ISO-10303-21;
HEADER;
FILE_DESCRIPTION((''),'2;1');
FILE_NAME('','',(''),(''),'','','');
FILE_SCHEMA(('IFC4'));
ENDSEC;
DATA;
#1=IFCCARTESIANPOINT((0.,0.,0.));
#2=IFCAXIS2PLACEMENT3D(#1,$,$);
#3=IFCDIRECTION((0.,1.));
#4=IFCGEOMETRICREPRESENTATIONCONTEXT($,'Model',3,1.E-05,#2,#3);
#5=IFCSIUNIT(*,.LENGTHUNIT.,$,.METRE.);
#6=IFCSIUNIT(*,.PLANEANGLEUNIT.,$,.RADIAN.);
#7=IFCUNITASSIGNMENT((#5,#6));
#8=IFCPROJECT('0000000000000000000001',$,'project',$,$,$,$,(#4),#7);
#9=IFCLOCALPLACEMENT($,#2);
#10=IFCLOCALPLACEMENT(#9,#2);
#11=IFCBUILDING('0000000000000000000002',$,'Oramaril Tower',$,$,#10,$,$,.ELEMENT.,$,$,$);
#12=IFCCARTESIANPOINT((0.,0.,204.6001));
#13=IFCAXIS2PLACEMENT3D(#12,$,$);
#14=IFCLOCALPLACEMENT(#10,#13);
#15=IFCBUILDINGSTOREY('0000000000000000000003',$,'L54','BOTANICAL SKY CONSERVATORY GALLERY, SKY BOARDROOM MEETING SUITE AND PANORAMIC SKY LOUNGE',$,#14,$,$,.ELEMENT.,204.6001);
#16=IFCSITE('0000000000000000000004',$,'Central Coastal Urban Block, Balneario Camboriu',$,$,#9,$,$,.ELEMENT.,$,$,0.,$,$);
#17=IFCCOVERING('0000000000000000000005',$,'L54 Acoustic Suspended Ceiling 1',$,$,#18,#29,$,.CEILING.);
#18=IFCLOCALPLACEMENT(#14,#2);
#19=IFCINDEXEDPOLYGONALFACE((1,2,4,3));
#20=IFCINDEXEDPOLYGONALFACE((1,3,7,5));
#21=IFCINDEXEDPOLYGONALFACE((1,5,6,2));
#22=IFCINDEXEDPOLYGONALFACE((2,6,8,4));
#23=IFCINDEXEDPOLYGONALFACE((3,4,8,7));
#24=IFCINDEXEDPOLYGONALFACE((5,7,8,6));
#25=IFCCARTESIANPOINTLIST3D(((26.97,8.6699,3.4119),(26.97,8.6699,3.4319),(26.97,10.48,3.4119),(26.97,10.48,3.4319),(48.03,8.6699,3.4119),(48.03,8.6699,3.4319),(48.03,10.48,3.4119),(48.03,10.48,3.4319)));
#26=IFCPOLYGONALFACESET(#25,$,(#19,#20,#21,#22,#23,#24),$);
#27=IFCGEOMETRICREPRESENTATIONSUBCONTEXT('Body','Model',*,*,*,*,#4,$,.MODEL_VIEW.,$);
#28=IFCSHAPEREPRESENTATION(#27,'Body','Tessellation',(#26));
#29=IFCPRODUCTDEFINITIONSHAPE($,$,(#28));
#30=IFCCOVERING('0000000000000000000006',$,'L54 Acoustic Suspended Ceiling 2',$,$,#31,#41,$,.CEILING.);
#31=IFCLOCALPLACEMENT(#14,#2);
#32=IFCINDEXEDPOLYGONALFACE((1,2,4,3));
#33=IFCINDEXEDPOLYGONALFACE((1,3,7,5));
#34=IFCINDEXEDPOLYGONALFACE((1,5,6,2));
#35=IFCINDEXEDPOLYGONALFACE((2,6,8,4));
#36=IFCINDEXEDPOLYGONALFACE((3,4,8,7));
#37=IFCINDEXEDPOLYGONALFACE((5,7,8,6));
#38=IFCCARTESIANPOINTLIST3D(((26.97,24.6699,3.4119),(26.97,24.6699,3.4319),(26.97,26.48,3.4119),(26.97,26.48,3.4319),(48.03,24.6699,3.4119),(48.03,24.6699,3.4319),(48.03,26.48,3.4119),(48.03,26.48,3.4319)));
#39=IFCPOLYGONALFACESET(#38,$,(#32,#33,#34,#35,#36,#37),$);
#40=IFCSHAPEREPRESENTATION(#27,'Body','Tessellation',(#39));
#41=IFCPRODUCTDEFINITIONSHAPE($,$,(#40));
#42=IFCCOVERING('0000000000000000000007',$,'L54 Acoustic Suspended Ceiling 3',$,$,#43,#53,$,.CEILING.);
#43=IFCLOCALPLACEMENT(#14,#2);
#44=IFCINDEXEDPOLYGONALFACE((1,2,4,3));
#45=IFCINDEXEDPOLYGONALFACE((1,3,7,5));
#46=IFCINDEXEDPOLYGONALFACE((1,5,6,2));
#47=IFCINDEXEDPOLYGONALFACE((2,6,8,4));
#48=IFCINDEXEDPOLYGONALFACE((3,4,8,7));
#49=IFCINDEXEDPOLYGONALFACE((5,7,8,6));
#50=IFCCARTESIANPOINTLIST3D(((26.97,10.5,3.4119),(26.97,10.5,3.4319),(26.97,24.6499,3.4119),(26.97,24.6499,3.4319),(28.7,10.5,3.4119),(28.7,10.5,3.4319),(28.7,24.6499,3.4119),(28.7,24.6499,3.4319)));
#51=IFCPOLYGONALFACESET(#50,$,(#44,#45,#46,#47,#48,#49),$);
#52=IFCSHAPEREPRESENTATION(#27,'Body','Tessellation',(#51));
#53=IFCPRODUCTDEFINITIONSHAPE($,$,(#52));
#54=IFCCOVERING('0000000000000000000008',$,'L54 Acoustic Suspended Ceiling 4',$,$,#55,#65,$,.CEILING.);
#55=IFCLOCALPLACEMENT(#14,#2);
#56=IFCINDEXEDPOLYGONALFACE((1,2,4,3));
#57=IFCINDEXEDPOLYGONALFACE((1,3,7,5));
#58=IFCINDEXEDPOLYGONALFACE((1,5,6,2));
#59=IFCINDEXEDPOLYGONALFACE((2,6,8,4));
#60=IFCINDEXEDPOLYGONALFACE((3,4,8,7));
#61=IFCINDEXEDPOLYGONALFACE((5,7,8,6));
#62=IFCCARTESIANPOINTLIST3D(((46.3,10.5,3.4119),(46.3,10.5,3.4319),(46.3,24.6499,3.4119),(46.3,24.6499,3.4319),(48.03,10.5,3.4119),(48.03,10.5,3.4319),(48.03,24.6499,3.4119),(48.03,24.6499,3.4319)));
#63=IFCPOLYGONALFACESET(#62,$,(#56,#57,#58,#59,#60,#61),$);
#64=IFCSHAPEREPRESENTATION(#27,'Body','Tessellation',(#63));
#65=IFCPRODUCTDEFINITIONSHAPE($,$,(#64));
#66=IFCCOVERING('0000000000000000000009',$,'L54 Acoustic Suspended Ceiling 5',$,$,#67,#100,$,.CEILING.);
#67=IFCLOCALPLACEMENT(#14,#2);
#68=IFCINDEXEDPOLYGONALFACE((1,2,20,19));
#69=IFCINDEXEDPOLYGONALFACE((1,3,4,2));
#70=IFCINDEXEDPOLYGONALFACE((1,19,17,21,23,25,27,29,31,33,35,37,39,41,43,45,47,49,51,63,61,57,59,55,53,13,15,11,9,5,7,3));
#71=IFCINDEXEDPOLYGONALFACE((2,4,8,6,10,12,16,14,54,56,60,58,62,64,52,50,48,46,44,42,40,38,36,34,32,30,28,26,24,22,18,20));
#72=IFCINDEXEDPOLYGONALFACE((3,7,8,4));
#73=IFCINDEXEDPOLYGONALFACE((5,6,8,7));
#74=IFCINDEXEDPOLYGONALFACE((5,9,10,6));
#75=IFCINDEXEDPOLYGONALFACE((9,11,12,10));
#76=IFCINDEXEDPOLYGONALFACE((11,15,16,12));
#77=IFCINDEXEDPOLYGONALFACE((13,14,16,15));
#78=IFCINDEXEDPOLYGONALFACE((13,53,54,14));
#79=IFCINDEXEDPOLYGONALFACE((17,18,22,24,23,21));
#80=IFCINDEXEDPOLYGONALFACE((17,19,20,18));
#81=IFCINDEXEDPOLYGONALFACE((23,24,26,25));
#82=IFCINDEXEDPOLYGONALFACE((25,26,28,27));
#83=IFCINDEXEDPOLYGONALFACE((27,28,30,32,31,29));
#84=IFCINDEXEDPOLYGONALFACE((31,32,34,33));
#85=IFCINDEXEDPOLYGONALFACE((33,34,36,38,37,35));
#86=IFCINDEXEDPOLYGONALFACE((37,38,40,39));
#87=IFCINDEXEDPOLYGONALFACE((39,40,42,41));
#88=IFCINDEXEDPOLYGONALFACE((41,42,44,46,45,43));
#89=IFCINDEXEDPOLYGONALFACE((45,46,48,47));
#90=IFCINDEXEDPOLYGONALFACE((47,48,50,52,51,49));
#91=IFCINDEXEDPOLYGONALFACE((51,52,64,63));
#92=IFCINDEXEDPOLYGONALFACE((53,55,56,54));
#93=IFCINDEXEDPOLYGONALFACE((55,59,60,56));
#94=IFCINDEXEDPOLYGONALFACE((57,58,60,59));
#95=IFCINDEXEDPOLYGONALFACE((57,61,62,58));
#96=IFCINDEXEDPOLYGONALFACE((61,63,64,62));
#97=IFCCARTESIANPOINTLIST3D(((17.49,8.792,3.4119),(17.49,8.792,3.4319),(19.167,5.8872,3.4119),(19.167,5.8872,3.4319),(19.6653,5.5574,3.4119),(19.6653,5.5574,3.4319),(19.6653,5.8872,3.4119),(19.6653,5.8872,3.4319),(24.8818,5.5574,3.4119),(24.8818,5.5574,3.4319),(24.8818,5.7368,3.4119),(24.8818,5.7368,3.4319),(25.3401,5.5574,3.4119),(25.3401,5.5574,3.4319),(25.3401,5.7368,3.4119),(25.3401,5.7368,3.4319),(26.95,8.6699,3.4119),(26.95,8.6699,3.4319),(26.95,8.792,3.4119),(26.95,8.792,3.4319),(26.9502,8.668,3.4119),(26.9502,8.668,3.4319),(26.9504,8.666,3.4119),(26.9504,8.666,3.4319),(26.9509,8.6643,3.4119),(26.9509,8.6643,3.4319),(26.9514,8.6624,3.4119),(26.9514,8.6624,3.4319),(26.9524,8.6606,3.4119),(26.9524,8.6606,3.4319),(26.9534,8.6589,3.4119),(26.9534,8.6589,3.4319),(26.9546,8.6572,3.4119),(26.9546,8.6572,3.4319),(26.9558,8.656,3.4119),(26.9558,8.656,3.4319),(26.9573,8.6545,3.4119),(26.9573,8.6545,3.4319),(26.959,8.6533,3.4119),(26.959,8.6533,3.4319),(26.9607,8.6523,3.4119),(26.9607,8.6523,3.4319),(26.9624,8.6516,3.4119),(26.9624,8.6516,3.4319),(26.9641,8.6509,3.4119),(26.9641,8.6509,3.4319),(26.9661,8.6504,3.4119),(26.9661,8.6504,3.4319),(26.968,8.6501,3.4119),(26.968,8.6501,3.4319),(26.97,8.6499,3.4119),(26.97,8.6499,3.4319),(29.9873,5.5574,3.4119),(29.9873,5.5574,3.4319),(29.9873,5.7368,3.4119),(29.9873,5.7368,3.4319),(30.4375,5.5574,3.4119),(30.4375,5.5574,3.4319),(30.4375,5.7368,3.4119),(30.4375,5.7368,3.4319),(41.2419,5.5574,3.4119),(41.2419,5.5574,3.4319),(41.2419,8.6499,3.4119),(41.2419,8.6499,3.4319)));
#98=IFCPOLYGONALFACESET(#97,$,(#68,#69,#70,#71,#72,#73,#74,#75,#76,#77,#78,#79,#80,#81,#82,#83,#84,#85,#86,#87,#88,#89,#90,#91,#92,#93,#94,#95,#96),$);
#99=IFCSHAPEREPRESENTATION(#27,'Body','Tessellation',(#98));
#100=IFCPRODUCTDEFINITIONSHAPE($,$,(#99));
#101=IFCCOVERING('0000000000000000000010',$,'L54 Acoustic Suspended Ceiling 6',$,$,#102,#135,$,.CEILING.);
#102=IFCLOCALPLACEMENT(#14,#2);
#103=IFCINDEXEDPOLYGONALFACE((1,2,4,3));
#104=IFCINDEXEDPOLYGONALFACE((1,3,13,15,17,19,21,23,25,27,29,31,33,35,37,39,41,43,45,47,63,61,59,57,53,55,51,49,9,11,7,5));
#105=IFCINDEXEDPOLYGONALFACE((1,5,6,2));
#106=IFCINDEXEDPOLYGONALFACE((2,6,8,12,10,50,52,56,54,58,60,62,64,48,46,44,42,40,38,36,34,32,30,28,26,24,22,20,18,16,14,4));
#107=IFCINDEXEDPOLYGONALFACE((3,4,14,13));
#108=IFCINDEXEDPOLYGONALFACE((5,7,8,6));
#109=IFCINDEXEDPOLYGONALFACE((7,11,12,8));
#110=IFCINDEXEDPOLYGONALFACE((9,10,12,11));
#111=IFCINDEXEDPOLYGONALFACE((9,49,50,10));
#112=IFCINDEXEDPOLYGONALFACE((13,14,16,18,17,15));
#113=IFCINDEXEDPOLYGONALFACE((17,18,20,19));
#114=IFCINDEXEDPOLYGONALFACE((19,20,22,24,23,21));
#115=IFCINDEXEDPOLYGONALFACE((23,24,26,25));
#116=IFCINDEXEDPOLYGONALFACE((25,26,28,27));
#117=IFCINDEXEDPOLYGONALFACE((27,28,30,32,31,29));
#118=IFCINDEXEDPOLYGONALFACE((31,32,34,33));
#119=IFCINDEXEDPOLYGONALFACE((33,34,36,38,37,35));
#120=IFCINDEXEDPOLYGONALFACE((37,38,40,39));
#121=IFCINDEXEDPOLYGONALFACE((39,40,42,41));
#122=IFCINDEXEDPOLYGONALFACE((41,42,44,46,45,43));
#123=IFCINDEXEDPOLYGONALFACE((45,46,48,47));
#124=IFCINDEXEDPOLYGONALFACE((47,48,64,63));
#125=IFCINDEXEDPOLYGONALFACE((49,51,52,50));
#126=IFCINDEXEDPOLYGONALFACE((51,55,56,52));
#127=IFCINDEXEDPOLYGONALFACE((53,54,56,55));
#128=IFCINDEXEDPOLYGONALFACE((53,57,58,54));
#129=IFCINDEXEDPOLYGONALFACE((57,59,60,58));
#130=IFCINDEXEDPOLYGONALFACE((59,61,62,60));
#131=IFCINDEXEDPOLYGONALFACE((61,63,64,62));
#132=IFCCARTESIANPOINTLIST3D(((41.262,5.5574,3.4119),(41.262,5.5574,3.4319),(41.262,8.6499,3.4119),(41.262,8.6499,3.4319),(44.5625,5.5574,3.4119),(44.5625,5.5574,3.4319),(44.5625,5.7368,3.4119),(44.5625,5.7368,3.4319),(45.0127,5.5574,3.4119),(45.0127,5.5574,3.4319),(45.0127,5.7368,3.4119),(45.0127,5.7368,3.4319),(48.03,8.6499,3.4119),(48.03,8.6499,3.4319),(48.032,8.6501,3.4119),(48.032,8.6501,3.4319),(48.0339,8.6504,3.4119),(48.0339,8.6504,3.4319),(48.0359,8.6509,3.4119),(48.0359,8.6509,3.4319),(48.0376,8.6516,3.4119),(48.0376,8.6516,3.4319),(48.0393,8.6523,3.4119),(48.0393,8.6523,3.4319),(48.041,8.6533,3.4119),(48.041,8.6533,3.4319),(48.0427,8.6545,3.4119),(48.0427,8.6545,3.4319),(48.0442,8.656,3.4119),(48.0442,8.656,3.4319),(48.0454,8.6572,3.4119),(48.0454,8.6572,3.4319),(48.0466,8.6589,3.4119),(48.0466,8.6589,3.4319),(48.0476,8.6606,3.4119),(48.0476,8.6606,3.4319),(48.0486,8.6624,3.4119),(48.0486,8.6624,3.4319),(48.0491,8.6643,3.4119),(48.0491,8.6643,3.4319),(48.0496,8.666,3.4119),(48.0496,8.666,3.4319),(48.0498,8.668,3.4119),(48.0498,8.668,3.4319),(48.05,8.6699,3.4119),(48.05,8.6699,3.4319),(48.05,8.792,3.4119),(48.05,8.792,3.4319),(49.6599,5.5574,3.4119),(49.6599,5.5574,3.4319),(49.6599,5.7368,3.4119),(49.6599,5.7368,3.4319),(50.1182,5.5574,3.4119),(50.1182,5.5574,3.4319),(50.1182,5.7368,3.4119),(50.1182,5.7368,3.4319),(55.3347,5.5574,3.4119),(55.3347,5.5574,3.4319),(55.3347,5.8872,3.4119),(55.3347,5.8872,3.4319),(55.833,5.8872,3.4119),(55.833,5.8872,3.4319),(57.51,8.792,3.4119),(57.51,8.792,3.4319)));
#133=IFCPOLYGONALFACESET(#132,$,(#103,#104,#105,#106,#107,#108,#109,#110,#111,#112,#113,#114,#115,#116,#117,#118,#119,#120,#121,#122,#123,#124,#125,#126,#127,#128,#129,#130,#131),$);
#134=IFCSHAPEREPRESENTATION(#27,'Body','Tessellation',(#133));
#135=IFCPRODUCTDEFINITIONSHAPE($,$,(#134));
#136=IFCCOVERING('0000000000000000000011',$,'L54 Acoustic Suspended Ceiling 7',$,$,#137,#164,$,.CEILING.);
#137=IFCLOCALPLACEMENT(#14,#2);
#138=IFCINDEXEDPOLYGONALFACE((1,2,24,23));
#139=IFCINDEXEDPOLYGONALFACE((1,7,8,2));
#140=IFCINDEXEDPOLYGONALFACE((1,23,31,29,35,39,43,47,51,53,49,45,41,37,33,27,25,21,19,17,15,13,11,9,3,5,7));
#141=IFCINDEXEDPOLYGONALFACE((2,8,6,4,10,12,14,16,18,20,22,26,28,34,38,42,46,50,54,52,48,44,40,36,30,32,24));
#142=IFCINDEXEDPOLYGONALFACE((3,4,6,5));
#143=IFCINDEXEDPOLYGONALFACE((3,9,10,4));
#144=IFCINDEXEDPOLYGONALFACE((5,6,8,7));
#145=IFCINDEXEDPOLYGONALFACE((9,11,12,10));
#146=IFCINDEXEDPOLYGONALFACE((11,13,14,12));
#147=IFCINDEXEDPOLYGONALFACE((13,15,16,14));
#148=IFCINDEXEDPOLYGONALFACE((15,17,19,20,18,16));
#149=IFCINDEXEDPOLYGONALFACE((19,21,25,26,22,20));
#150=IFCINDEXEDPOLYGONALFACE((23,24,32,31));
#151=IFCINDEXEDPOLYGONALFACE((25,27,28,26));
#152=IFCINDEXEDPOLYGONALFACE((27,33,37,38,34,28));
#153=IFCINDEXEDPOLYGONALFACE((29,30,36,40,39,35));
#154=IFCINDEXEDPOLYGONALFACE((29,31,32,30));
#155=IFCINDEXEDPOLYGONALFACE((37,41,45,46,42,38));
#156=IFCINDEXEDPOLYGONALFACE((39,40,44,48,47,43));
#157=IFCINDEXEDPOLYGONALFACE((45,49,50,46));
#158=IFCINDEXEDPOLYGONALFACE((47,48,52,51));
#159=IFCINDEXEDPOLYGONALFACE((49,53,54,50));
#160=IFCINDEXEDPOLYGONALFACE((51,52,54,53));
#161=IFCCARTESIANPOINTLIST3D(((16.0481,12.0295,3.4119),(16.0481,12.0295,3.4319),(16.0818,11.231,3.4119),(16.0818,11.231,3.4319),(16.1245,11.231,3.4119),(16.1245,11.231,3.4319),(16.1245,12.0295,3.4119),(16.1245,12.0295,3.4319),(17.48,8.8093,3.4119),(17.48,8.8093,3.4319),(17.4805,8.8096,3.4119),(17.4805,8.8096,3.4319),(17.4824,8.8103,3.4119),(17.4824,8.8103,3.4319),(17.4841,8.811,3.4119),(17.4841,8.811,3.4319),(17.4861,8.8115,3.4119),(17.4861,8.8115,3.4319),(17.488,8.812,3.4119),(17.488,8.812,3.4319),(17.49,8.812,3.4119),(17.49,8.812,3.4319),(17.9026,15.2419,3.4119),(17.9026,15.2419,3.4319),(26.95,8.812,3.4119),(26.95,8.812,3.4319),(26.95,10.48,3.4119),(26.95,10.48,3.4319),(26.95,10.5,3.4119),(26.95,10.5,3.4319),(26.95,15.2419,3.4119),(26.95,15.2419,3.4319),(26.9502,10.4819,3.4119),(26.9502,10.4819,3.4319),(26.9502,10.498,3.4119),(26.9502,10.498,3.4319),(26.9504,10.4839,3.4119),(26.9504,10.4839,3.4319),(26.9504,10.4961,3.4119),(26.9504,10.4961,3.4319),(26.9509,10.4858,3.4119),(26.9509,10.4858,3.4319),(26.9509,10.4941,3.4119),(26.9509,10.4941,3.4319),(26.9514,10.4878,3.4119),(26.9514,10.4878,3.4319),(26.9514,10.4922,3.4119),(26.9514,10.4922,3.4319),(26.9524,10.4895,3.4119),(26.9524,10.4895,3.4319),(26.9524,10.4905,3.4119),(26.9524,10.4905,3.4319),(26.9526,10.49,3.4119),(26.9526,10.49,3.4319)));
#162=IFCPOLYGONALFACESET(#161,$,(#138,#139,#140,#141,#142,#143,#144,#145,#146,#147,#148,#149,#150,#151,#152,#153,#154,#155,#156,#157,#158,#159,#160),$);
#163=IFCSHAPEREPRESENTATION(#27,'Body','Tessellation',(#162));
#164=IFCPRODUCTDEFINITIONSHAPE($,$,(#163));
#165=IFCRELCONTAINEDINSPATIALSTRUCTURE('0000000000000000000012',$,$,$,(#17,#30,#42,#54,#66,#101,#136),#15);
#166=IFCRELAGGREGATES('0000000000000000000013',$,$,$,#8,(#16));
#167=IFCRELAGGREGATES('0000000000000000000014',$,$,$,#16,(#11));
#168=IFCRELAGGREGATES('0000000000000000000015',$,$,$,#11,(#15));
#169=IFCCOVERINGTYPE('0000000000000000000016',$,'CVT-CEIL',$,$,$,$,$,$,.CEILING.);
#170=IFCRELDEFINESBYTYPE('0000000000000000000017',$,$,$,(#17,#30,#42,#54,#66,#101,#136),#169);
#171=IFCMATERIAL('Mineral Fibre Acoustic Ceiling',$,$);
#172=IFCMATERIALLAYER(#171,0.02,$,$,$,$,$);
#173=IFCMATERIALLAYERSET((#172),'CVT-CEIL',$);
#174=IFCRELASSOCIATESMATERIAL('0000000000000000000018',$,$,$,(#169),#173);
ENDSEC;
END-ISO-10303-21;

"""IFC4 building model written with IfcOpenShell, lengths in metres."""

from ifc_helpers import new_model, si_unit, direction, frame, origin, place, context, subcontext, project, spatial, polyline, outline, extrude, material, layer, layer_set, type_object, element, save


model = new_model("IFC4")

# Units and contexts
model_context = context("Model", 3, precision=1e-05, world=origin(), true_north=direction((0.0, 1.0)))
body_context = subcontext(model_context, "Body", "Model", "MODEL_VIEW")
ifc_project = project(units=[si_unit("LENGTHUNIT", "METRE"), si_unit("PLANEANGLEUNIT", "RADIAN")], contexts=[model_context])

# Site, building, storey
site_placement = place(None, origin())
site = spatial("IfcSite", under=ifc_project, at=site_placement, Name="Central Coastal Urban Block, Balneario Camboriu", CompositionType="ELEMENT", RefElevation=0.0)
building_placement = place(site_placement, origin())
building = spatial("IfcBuilding", under=site, at=building_placement, Name="Oramaril Tower", CompositionType="ELEMENT")
storey_placement = place(building_placement, frame((0.0, 0.0, 204.6001)))
storey = spatial("IfcBuildingStorey", under=building, at=storey_placement, Name="L54", Description="BOTANICAL SKY CONSERVATORY GALLERY, SKY BOARDROOM MEETING SUITE AND PANORAMIC SKY LOUNGE", CompositionType="ELEMENT", Elevation=204.6001)

# Coverings
ifc_material_1 = material(Name="Mineral Fibre Acoustic Ceiling")
ifc_layer_1 = layer(ifc_material_1, 0.02)
ifc_layer_set_1 = layer_set([ifc_layer_1], Name="CVT-CEIL")
covering_type_1 = type_object("IfcCoveringType", Name="CVT-CEIL", PredefinedType="CEILING", material=ifc_layer_set_1)
covering_1_placement = place(storey_placement, frame((0.0, 0.0, 3.4119)))
element("IfcCovering", 1, at=covering_1_placement, inside=storey, type_object=covering_type_1, Name="L54 Acoustic Suspended Ceiling 1", PredefinedType="CEILING", context=body_context, shape_type="SweptSolid", body=[
    extrude(outline(polyline([(48.03, 10.48), (48.03, 8.6699), (26.97, 8.6699), (26.97, 10.48), (48.03, 10.48)])), origin(), (0.0, 0.0, 1.0), 0.02),
])
covering_2_placement = place(storey_placement, frame((0.0, 0.0, 3.4119)))
element("IfcCovering", 2, at=covering_2_placement, inside=storey, type_object=covering_type_1, Name="L54 Acoustic Suspended Ceiling 2", PredefinedType="CEILING", context=body_context, shape_type="SweptSolid", body=[
    extrude(outline(polyline([(48.03, 26.48), (48.03, 24.6699), (26.97, 24.6699), (26.97, 26.48), (48.03, 26.48)])), origin(), (0.0, 0.0, 1.0), 0.02),
])
covering_3_placement = place(storey_placement, frame((0.0, 0.0, 3.4119)))
element("IfcCovering", 3, at=covering_3_placement, inside=storey, type_object=covering_type_1, Name="L54 Acoustic Suspended Ceiling 3", PredefinedType="CEILING", context=body_context, shape_type="SweptSolid", body=[
    extrude(outline(polyline([(28.7, 10.5), (26.97, 10.5), (26.97, 24.6499), (28.7, 24.6499), (28.7, 10.5)])), origin(), (0.0, 0.0, 1.0), 0.02),
])
covering_4_placement = place(storey_placement, frame((0.0, 0.0, 3.4119)))
element("IfcCovering", 4, at=covering_4_placement, inside=storey, type_object=covering_type_1, Name="L54 Acoustic Suspended Ceiling 4", PredefinedType="CEILING", context=body_context, shape_type="SweptSolid", body=[
    extrude(outline(polyline([(48.03, 10.5), (46.3, 10.5), (46.3, 24.6499), (48.03, 24.6499), (48.03, 10.5)])), origin(), (0.0, 0.0, 1.0), 0.02),
])
covering_5_placement = place(storey_placement, frame((0.0, 0.0, 3.4119)))
element("IfcCovering", 5, at=covering_5_placement, inside=storey, type_object=covering_type_1, Name="L54 Acoustic Suspended Ceiling 5", PredefinedType="CEILING", context=body_context, shape_type="SweptSolid", body=[
    extrude(outline(polyline([(41.2419, 5.5574), (30.4375, 5.5574), (30.4375, 5.7368), (29.9873, 5.7368), (29.9873, 5.5574), (25.3401, 5.5574), (25.3401, 5.7368), (24.8818, 5.7368), (24.8818, 5.5574), (19.6653, 5.5574), (19.6653, 5.8872), (19.167, 5.8872), (17.49, 8.792), (26.95, 8.792), (26.95, 8.6699), (26.9502, 8.668), (26.9504, 8.666), (26.9509, 8.6643), (26.9514, 8.6624), (26.9524, 8.6606), (26.9534, 8.6589), (26.9546, 8.6572), (26.9558, 8.656), (26.9573, 8.6545), (26.959, 8.6533), (26.9607, 8.6523), (26.9624, 8.6516), (26.9641, 8.6509), (26.9661, 8.6504), (26.968, 8.6501), (26.97, 8.6499), (41.2419, 8.6499), (41.2419, 5.5574)])), origin(), (0.0, 0.0, 1.0), 0.02),
])
covering_6_placement = place(storey_placement, frame((0.0, 0.0, 3.4119)))
element("IfcCovering", 6, at=covering_6_placement, inside=storey, type_object=covering_type_1, Name="L54 Acoustic Suspended Ceiling 6", PredefinedType="CEILING", context=body_context, shape_type="SweptSolid", body=[
    extrude(outline(polyline([(50.1182, 5.7368), (49.6599, 5.7368), (49.6599, 5.5574), (45.0127, 5.5574), (45.0127, 5.7368), (44.5625, 5.7368), (44.5625, 5.5574), (41.262, 5.5574), (41.262, 8.6499), (48.03, 8.6499), (48.032, 8.6501), (48.0339, 8.6504), (48.0359, 8.6509), (48.0376, 8.6516), (48.0393, 8.6523), (48.041, 8.6533), (48.0427, 8.6545), (48.0442, 8.656), (48.0454, 8.6572), (48.0466, 8.6589), (48.0476, 8.6606), (48.0486, 8.6624), (48.0491, 8.6643), (48.0496, 8.666), (48.0498, 8.668), (48.05, 8.6699), (48.05, 8.792), (57.51, 8.792), (55.833, 5.8872), (55.3347, 5.8872), (55.3347, 5.5574), (50.1182, 5.5574), (50.1182, 5.7368)])), origin(), (0.0, 0.0, 1.0), 0.02),
])
covering_7_placement = place(storey_placement, frame((0.0, 0.0, 3.4119)))
element("IfcCovering", 7, at=covering_7_placement, inside=storey, type_object=covering_type_1, Name="L54 Acoustic Suspended Ceiling 7", PredefinedType="CEILING", context=body_context, shape_type="SweptSolid", body=[
    extrude(outline(polyline([(16.0818, 11.231), (16.1245, 11.231), (16.1245, 12.0295), (16.0481, 12.0295), (17.9026, 15.2419), (26.95, 15.2419), (26.95, 10.5), (26.9502, 10.498), (26.9504, 10.4961), (26.9509, 10.4941), (26.9514, 10.4922), (26.9524, 10.4905), (26.9526, 10.49), (26.9524, 10.4895), (26.9514, 10.4878), (26.9509, 10.4858), (26.9504, 10.4839), (26.9502, 10.4819), (26.95, 10.48), (26.95, 8.812), (17.49, 8.812), (17.488, 8.812), (17.4861, 8.8115), (17.4841, 8.811), (17.4824, 8.8103), (17.4805, 8.8096), (17.48, 8.8093), (16.0818, 11.231)])), origin(), (0.0, 0.0, 1.0), 0.02),
])

save(model, "model.ifc")
